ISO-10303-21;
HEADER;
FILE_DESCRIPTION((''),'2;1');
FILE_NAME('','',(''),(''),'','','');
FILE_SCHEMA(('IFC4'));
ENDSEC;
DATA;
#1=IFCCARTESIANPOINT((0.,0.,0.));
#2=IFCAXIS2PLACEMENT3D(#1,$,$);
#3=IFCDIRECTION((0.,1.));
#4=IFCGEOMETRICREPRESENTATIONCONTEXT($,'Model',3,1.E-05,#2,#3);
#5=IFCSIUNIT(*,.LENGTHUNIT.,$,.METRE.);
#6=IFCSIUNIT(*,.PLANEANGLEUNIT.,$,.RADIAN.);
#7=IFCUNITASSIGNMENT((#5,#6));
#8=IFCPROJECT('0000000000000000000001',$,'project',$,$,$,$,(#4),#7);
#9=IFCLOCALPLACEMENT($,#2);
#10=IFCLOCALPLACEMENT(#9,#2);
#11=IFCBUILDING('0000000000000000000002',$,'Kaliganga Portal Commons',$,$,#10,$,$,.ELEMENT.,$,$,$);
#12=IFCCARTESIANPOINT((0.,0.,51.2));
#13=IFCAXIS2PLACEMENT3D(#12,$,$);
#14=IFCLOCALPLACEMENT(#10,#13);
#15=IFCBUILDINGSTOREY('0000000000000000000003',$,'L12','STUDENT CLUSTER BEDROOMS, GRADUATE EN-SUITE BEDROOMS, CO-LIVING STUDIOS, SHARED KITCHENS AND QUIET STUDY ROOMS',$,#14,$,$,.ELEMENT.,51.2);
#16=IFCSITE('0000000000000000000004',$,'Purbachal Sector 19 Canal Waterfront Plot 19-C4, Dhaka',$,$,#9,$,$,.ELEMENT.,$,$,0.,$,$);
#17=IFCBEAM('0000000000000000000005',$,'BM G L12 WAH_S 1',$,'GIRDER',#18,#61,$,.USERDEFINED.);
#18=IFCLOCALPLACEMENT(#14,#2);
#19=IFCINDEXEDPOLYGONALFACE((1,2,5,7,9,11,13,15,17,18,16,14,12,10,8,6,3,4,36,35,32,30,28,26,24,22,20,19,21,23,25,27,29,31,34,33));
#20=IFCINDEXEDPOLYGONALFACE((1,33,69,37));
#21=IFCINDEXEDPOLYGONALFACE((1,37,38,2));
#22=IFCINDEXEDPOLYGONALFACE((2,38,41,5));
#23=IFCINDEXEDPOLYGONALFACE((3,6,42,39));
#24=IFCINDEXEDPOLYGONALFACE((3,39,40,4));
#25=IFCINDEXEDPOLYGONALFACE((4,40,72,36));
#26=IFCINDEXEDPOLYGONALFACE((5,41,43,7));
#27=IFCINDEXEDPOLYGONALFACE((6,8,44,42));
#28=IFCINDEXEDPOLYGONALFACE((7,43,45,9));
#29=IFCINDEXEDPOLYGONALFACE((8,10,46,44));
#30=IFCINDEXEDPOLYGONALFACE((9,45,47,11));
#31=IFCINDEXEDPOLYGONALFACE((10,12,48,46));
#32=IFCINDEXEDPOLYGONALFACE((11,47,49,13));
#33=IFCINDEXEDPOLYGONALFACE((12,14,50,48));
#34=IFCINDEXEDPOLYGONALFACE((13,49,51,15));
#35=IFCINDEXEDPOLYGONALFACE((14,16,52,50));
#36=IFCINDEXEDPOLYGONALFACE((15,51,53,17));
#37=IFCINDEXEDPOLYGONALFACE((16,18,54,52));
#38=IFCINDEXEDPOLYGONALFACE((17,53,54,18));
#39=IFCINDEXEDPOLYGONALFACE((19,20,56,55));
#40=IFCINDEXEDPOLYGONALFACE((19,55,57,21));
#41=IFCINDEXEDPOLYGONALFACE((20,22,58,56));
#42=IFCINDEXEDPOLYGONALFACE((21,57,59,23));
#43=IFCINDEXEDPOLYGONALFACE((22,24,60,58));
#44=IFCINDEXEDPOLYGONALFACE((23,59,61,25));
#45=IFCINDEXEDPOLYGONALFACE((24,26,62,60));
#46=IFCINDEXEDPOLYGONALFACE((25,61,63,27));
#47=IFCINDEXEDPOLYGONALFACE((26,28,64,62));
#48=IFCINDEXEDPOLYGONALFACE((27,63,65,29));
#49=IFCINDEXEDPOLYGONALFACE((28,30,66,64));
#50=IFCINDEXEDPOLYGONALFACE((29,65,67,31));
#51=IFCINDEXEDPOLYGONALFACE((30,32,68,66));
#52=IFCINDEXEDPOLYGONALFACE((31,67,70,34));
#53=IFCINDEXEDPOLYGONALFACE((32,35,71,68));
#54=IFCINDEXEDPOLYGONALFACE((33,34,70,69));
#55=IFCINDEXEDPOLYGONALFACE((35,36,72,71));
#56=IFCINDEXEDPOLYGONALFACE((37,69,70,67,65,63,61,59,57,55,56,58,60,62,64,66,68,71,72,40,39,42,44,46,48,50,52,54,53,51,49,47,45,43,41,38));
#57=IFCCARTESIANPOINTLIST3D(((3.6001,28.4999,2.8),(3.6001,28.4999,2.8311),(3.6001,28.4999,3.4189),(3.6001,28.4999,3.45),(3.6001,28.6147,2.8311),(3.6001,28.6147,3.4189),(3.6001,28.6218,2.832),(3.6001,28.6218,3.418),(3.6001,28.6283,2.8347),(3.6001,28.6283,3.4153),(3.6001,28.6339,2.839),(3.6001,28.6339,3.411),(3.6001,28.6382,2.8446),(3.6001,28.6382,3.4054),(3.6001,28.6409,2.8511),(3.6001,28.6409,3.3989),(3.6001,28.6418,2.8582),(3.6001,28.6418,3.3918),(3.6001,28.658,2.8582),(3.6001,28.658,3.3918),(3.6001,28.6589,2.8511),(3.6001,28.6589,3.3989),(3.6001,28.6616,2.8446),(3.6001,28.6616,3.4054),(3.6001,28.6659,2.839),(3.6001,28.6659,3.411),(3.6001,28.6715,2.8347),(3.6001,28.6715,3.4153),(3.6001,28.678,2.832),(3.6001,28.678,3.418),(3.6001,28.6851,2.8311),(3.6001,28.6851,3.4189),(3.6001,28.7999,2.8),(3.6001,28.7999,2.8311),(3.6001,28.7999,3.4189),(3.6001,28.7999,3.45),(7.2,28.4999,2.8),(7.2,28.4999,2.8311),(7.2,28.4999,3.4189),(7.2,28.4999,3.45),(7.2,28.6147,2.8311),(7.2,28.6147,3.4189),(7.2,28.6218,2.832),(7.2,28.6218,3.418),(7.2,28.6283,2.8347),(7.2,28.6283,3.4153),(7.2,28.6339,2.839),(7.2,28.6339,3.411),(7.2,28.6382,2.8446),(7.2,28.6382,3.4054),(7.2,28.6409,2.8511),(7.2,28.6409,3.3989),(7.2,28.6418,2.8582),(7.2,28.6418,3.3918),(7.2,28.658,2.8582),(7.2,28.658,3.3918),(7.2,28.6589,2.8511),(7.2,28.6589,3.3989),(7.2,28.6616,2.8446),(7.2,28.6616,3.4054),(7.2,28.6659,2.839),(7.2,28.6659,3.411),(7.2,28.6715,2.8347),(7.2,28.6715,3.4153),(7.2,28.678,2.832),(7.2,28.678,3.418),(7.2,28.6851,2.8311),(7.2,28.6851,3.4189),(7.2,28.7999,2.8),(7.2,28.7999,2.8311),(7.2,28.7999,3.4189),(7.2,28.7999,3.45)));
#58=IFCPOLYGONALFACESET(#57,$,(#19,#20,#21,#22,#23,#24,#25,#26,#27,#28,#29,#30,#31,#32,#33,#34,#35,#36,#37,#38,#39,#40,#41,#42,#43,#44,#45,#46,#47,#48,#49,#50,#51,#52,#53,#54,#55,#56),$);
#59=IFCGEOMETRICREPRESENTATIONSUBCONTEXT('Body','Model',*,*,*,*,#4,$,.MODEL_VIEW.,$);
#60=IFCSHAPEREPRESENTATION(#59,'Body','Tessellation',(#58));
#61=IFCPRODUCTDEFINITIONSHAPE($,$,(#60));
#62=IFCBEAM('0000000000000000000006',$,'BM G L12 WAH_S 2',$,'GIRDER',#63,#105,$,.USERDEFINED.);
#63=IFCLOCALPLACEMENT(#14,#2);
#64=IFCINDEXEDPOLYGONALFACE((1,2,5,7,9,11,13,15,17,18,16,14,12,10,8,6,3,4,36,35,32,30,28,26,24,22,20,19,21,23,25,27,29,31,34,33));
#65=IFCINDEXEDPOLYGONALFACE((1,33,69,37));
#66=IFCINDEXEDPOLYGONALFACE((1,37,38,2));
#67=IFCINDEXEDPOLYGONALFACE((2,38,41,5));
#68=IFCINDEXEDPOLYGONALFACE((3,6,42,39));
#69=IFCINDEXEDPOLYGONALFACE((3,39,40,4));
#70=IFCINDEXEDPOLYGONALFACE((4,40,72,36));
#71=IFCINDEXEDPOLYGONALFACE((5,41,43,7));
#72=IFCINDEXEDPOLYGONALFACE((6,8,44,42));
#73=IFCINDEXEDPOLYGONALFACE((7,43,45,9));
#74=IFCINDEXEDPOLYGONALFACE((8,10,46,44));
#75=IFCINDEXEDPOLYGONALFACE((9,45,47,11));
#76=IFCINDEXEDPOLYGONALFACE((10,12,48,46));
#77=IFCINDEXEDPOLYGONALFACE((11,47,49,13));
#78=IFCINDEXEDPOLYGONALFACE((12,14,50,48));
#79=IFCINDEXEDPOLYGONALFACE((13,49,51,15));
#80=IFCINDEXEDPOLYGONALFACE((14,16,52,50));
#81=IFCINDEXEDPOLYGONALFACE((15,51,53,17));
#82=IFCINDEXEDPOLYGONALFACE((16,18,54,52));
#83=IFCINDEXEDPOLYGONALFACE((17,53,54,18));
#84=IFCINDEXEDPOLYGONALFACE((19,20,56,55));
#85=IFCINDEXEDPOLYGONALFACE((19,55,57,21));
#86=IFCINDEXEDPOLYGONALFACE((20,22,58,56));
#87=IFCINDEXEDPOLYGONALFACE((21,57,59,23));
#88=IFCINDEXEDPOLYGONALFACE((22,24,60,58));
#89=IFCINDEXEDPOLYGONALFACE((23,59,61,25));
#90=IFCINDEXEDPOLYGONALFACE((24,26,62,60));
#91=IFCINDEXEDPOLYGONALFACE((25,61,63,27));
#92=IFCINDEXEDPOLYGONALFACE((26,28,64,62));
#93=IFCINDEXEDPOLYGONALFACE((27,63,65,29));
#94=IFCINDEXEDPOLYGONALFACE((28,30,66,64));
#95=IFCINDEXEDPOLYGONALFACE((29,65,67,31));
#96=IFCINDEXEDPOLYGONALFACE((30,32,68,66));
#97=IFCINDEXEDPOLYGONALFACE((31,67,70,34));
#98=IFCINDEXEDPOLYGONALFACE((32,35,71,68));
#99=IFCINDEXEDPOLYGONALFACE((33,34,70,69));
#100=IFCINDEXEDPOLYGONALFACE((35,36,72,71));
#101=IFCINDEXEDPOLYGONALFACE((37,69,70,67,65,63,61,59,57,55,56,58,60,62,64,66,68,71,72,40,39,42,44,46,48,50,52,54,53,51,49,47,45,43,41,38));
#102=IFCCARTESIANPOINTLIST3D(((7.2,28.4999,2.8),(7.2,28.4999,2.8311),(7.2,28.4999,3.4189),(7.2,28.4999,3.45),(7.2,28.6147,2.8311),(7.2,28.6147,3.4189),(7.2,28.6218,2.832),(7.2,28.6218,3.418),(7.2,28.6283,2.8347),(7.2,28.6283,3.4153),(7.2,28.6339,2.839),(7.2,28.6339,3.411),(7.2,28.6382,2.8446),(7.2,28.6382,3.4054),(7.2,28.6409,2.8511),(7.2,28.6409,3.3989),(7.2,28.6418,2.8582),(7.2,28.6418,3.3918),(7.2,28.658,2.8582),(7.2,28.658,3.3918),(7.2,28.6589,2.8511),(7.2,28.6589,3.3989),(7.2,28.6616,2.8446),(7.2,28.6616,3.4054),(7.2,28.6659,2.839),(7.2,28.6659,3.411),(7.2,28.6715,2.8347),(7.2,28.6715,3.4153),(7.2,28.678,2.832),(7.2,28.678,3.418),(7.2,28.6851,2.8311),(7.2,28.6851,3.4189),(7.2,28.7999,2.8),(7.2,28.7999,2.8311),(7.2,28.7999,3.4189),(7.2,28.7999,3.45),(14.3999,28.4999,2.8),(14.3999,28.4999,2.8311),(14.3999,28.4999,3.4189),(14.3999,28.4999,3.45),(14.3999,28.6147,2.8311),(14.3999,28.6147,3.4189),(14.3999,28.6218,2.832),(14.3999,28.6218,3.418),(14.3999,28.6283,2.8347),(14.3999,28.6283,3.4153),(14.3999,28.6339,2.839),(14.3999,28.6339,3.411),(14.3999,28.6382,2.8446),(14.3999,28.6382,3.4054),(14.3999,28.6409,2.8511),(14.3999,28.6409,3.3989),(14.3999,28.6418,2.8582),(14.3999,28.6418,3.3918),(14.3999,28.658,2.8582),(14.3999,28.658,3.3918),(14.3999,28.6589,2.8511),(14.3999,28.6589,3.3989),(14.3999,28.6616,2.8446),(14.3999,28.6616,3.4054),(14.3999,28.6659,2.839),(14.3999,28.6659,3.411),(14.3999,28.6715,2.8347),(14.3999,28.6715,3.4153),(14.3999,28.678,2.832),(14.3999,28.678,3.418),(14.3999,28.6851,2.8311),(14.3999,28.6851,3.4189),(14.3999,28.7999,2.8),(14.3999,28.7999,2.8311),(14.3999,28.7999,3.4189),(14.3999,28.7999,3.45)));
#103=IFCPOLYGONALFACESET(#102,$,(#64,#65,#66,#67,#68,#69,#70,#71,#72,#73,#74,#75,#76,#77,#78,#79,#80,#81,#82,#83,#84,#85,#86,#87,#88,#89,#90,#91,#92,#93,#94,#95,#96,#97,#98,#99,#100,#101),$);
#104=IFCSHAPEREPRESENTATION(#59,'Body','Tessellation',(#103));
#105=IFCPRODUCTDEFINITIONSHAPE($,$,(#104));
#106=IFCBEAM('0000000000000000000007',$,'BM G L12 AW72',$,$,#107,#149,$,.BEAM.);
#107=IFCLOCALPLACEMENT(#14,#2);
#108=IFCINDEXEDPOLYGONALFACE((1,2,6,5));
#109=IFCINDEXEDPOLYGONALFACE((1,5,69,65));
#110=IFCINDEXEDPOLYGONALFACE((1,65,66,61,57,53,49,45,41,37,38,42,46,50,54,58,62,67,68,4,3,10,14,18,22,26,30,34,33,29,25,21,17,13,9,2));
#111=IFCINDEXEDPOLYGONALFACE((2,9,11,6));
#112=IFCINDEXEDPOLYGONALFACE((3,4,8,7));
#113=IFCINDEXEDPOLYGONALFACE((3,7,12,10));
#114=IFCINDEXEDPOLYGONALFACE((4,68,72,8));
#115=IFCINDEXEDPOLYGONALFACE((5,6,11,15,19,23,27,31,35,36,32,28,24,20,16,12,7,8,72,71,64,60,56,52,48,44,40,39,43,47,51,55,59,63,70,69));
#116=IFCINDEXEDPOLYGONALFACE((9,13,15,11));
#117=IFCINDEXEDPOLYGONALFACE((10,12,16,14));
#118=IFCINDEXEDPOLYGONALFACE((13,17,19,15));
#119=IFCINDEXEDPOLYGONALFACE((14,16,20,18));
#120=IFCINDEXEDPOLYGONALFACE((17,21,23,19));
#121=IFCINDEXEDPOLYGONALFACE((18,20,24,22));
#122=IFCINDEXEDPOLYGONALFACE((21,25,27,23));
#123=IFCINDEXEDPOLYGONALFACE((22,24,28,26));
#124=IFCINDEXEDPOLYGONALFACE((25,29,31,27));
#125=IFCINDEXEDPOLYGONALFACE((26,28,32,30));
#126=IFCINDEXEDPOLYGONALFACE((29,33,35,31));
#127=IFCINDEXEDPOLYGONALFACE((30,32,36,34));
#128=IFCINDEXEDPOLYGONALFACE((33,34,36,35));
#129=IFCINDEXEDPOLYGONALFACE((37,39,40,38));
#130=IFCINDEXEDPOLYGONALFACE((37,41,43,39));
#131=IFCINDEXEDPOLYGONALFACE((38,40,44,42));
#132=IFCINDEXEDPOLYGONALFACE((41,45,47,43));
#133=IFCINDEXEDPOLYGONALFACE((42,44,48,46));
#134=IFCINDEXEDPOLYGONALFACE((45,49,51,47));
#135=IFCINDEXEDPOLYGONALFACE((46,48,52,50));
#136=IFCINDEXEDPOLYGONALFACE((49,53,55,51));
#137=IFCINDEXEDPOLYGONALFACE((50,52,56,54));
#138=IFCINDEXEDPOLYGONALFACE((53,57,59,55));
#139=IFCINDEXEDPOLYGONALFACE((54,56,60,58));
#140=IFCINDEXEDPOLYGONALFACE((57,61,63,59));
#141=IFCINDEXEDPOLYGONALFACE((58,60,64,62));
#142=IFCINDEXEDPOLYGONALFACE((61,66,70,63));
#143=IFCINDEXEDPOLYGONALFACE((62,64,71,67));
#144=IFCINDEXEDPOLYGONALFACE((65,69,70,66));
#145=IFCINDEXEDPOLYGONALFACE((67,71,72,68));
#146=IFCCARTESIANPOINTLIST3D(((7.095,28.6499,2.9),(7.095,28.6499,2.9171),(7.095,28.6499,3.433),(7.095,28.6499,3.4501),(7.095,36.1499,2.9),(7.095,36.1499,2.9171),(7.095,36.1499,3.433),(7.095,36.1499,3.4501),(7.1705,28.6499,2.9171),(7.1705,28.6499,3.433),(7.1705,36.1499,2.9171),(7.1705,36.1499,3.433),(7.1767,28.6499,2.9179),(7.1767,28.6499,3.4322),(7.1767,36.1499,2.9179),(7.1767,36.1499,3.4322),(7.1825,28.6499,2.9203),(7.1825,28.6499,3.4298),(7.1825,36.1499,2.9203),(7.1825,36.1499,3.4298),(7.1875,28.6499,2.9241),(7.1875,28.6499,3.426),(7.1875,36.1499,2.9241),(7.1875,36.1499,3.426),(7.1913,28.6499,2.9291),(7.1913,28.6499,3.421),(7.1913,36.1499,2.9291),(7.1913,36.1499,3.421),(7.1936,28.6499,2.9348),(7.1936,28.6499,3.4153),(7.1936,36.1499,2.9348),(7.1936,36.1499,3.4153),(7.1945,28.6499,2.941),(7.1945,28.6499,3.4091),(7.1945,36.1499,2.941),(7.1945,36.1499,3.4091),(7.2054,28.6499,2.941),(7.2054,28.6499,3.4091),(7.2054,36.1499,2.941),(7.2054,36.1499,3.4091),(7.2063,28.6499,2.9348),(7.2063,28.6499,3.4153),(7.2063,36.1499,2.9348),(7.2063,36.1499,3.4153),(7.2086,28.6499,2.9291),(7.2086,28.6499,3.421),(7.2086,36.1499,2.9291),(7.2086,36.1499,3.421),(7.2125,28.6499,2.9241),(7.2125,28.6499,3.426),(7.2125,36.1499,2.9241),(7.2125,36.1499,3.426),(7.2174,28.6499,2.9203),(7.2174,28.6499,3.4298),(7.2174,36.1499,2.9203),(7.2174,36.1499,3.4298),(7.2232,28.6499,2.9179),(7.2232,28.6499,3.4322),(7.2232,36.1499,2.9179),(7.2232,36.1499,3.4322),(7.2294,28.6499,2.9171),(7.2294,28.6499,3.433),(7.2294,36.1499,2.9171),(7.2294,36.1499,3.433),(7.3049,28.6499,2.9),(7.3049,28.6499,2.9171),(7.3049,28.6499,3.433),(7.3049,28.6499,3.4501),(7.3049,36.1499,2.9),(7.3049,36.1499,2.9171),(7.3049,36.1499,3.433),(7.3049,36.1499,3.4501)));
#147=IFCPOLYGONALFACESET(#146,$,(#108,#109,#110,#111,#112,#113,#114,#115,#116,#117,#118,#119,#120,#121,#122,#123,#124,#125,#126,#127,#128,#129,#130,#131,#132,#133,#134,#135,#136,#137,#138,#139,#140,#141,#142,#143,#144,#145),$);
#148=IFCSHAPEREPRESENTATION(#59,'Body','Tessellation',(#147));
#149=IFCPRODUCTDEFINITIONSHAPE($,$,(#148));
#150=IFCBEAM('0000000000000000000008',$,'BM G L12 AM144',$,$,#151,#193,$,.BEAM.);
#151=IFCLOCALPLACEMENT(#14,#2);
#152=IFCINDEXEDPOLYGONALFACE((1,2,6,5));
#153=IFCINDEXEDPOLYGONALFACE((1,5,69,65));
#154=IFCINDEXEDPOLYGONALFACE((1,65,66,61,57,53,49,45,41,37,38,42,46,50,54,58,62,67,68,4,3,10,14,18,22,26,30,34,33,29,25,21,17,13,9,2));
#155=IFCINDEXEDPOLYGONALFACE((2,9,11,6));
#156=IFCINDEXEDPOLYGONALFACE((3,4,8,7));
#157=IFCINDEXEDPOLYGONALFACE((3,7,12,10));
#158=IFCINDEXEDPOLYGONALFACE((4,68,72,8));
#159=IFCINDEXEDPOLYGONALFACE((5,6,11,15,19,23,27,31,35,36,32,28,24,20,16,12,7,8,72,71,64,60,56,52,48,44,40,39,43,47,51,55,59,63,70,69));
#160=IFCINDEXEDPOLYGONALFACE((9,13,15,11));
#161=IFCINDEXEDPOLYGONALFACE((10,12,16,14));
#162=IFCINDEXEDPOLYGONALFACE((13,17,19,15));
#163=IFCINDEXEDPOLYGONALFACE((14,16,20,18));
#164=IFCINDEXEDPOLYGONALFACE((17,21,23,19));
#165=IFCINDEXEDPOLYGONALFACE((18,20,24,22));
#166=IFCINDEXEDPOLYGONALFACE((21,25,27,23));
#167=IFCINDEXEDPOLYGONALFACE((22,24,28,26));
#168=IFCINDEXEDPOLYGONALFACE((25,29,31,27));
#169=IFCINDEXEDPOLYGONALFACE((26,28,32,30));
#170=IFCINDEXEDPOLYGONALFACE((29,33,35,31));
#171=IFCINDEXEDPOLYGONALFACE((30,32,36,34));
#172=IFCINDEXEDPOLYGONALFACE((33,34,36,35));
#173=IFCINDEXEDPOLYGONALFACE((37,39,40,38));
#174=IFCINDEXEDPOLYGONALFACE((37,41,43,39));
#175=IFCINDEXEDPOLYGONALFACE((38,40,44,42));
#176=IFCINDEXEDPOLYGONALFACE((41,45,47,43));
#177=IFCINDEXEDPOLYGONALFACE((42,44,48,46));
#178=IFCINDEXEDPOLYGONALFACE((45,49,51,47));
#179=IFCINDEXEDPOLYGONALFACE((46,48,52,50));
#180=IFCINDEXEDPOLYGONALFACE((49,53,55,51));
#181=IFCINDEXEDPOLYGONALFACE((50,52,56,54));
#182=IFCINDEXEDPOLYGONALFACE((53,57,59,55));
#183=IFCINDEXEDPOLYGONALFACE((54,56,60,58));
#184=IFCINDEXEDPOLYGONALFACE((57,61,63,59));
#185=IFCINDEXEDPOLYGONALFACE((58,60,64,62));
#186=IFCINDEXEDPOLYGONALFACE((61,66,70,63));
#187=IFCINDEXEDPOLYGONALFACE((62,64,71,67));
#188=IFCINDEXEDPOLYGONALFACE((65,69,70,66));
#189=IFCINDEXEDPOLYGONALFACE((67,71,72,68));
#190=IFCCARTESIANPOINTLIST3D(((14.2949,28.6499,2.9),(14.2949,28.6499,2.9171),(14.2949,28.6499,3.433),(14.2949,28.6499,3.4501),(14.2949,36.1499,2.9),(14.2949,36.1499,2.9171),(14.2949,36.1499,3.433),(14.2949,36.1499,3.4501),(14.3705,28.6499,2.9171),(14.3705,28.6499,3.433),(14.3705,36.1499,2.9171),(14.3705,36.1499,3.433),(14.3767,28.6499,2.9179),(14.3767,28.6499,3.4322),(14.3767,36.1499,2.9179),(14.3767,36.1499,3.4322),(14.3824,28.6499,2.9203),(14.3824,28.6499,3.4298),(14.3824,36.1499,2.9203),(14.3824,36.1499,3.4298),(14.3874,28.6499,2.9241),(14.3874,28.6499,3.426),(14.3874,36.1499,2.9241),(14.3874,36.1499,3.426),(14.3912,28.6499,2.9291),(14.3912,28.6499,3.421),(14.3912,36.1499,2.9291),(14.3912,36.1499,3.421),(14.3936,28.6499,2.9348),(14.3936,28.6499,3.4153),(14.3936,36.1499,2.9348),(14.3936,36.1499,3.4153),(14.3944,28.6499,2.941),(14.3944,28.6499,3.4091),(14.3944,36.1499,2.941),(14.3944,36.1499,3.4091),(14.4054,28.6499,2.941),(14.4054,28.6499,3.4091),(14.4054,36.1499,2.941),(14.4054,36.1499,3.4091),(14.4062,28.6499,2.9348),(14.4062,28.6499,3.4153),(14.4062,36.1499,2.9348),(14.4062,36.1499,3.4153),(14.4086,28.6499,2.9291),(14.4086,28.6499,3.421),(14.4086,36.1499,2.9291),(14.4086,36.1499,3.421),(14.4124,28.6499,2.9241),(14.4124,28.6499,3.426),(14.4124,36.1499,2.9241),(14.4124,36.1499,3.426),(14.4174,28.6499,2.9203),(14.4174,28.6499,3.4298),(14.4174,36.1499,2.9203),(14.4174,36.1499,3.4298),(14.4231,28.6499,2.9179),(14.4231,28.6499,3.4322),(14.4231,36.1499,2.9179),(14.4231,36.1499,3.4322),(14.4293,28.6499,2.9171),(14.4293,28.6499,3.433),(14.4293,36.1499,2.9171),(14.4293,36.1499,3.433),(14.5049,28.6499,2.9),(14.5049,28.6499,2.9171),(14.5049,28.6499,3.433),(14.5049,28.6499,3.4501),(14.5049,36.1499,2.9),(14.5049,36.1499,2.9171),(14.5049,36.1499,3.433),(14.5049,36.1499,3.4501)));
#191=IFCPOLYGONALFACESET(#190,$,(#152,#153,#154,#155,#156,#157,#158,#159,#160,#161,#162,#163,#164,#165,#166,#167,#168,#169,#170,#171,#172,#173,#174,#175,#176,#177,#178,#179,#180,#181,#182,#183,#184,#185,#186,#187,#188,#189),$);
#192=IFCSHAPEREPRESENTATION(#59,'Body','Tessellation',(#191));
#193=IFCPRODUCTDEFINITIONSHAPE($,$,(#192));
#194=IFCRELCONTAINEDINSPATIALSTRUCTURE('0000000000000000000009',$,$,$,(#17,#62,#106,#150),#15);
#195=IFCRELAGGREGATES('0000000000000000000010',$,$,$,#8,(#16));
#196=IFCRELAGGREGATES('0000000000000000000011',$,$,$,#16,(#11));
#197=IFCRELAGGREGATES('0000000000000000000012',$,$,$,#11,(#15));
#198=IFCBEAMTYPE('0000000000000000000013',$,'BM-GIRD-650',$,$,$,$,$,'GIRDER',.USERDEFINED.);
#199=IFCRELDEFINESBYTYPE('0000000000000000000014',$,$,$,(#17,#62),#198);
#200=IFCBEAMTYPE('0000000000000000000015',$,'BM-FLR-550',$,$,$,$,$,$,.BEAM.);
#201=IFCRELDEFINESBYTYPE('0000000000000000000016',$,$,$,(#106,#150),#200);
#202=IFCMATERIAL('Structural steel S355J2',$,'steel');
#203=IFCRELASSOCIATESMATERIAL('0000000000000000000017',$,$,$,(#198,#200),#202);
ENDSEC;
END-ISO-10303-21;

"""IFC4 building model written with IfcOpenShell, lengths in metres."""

from ifc_helpers import new_model, si_unit, direction, frame, origin, origin_2d, place, context, subcontext, project, spatial, i_section, extrude, source, transform, mapped, material, material_profile, profile_set, type_object, element, save


model = new_model("IFC4")

# Units and contexts
model_context = context("Model", 3, precision=1e-05, world=origin(), true_north=direction((0.0, 1.0)))
body_context = subcontext(model_context, "Body", "Model", "MODEL_VIEW")
ifc_project = project(units=[si_unit("LENGTHUNIT", "METRE"), si_unit("PLANEANGLEUNIT", "RADIAN")], contexts=[model_context])

# Site, building, storey
site_placement = place(None, origin())
site = spatial("IfcSite", under=ifc_project, at=site_placement, Name="Purbachal Sector 19 Canal Waterfront Plot 19-C4, Dhaka", CompositionType="ELEMENT", RefElevation=0.0)
building_placement = place(site_placement, origin())
building = spatial("IfcBuilding", under=site, at=building_placement, Name="Kaliganga Portal Commons", CompositionType="ELEMENT")
storey_placement = place(building_placement, frame((0.0, 0.0, 51.2)))
storey = spatial("IfcBuildingStorey", under=building, at=storey_placement, Name="L12", Description="STUDENT CLUSTER BEDROOMS, GRADUATE EN-SUITE BEDROOMS, CO-LIVING STUDIOS, SHARED KITCHENS AND QUIET STUDY ROOMS", CompositionType="ELEMENT", Elevation=51.2)

# Beams
ifc_material_1 = material(Name="Structural steel S355J2", Category="steel")
ifc_material_profile_1 = material_profile(ifc_material_1, i_section(OverallWidth=0.3, OverallDepth=0.6499, WebThickness=0.0161, FlangeThickness=0.031, FilletRadius=0.0271, at=origin_2d()), Name="HE 650 B")
ifc_profile_set_1 = profile_set([ifc_material_profile_1], Name="Structural steel S355J2 wide-flange")
beam_type_1 = type_object("IfcBeamType", Name="BM-GIRD-650", ElementType="GIRDER", PredefinedType="USERDEFINED", material=ifc_profile_set_1)
shared_shape_1 = source(origin(), body_context, "Body", "SweptSolid", [
    extrude(i_section(OverallWidth=0.3, OverallDepth=0.6499, WebThickness=0.0161, FlangeThickness=0.031, FilletRadius=0.0271, at=origin_2d()), origin(), (0.0, 0.0, 1.0), 3.5999),
])
beam_1_placement = place(storey_placement, frame((3.6001, 28.6499, 3.125), z_axis=(1.0, 0.0, 0.0), x_axis=(0.0, 1.0, 0.0)))
element("IfcBeam", 1, at=beam_1_placement, inside=storey, type_object=beam_type_1, Name="BM G L12 WAH_S 1", ObjectType="GIRDER", PredefinedType="USERDEFINED", context=body_context, shape_type="MappedRepresentation", body=[
    mapped(shared_shape_1, transform((0.0, 0.0, 0.0), x_axis=(1.0, 0.0, 0.0), y_axis=(0.0, 1.0, 0.0), z_axis=(0.0, 0.0, 1.0), scale=1.0)),
])
shared_shape_2 = source(origin(), body_context, "Body", "SweptSolid", [
    extrude(i_section(OverallWidth=0.3, OverallDepth=0.6499, WebThickness=0.0161, FlangeThickness=0.031, FilletRadius=0.0271, at=origin_2d()), origin(), (0.0, 0.0, 1.0), 7.2),
])
beam_2_placement = place(storey_placement, frame((7.2, 28.6499, 3.125), z_axis=(1.0, 0.0, 0.0), x_axis=(0.0, 1.0, 0.0)))
element("IfcBeam", 2, at=beam_2_placement, inside=storey, type_object=beam_type_1, Name="BM G L12 WAH_S 2", ObjectType="GIRDER", PredefinedType="USERDEFINED", context=body_context, shape_type="MappedRepresentation", body=[
    mapped(shared_shape_2, transform((0.0, 0.0, 0.0), x_axis=(1.0, 0.0, 0.0), y_axis=(0.0, 1.0, 0.0), z_axis=(0.0, 0.0, 1.0), scale=1.0)),
])
ifc_material_profile_2 = material_profile(ifc_material_1, i_section(OverallWidth=0.21, OverallDepth=0.55, WebThickness=0.011, FlangeThickness=0.0171, FilletRadius=0.0239, at=origin_2d()), Name="IPE 550")
ifc_profile_set_2 = profile_set([ifc_material_profile_2], Name="Structural steel S355J2 wide-flange")
beam_type_2 = type_object("IfcBeamType", Name="BM-FLR-550", PredefinedType="BEAM", material=ifc_profile_set_2)
shared_shape_3 = source(origin(), body_context, "Body", "SweptSolid", [
    extrude(i_section(OverallWidth=0.21, OverallDepth=0.55, WebThickness=0.011, FlangeThickness=0.0171, FilletRadius=0.0239, at=origin_2d()), origin(), (0.0, 0.0, 1.0), 7.5),
])
for number, where, z_axis, x_axis, name in (
    (3, (7.2, 28.6499, 3.175), (0.0, 1.0, 0.0), (-1.0, 0.0, 0.0), "BM G L12 AW72"),
    (4, (14.3999, 28.6499, 3.175), (0.0, 1.0, 0.0), (-1.0, 0.0, 0.0), "BM G L12 AM144"),
):
    element("IfcBeam", number, at=place(storey_placement, frame(where, z_axis=z_axis, x_axis=x_axis)), inside=storey, type_object=beam_type_2, Name=name, PredefinedType="BEAM", context=body_context, shape_type="MappedRepresentation", body=[
        mapped(shared_shape_3, transform((0.0, 0.0, 0.0), x_axis=(1.0, 0.0, 0.0), y_axis=(0.0, 1.0, 0.0), z_axis=(0.0, 0.0, 1.0), scale=1.0)),
    ])

save(model, "model.ifc")
